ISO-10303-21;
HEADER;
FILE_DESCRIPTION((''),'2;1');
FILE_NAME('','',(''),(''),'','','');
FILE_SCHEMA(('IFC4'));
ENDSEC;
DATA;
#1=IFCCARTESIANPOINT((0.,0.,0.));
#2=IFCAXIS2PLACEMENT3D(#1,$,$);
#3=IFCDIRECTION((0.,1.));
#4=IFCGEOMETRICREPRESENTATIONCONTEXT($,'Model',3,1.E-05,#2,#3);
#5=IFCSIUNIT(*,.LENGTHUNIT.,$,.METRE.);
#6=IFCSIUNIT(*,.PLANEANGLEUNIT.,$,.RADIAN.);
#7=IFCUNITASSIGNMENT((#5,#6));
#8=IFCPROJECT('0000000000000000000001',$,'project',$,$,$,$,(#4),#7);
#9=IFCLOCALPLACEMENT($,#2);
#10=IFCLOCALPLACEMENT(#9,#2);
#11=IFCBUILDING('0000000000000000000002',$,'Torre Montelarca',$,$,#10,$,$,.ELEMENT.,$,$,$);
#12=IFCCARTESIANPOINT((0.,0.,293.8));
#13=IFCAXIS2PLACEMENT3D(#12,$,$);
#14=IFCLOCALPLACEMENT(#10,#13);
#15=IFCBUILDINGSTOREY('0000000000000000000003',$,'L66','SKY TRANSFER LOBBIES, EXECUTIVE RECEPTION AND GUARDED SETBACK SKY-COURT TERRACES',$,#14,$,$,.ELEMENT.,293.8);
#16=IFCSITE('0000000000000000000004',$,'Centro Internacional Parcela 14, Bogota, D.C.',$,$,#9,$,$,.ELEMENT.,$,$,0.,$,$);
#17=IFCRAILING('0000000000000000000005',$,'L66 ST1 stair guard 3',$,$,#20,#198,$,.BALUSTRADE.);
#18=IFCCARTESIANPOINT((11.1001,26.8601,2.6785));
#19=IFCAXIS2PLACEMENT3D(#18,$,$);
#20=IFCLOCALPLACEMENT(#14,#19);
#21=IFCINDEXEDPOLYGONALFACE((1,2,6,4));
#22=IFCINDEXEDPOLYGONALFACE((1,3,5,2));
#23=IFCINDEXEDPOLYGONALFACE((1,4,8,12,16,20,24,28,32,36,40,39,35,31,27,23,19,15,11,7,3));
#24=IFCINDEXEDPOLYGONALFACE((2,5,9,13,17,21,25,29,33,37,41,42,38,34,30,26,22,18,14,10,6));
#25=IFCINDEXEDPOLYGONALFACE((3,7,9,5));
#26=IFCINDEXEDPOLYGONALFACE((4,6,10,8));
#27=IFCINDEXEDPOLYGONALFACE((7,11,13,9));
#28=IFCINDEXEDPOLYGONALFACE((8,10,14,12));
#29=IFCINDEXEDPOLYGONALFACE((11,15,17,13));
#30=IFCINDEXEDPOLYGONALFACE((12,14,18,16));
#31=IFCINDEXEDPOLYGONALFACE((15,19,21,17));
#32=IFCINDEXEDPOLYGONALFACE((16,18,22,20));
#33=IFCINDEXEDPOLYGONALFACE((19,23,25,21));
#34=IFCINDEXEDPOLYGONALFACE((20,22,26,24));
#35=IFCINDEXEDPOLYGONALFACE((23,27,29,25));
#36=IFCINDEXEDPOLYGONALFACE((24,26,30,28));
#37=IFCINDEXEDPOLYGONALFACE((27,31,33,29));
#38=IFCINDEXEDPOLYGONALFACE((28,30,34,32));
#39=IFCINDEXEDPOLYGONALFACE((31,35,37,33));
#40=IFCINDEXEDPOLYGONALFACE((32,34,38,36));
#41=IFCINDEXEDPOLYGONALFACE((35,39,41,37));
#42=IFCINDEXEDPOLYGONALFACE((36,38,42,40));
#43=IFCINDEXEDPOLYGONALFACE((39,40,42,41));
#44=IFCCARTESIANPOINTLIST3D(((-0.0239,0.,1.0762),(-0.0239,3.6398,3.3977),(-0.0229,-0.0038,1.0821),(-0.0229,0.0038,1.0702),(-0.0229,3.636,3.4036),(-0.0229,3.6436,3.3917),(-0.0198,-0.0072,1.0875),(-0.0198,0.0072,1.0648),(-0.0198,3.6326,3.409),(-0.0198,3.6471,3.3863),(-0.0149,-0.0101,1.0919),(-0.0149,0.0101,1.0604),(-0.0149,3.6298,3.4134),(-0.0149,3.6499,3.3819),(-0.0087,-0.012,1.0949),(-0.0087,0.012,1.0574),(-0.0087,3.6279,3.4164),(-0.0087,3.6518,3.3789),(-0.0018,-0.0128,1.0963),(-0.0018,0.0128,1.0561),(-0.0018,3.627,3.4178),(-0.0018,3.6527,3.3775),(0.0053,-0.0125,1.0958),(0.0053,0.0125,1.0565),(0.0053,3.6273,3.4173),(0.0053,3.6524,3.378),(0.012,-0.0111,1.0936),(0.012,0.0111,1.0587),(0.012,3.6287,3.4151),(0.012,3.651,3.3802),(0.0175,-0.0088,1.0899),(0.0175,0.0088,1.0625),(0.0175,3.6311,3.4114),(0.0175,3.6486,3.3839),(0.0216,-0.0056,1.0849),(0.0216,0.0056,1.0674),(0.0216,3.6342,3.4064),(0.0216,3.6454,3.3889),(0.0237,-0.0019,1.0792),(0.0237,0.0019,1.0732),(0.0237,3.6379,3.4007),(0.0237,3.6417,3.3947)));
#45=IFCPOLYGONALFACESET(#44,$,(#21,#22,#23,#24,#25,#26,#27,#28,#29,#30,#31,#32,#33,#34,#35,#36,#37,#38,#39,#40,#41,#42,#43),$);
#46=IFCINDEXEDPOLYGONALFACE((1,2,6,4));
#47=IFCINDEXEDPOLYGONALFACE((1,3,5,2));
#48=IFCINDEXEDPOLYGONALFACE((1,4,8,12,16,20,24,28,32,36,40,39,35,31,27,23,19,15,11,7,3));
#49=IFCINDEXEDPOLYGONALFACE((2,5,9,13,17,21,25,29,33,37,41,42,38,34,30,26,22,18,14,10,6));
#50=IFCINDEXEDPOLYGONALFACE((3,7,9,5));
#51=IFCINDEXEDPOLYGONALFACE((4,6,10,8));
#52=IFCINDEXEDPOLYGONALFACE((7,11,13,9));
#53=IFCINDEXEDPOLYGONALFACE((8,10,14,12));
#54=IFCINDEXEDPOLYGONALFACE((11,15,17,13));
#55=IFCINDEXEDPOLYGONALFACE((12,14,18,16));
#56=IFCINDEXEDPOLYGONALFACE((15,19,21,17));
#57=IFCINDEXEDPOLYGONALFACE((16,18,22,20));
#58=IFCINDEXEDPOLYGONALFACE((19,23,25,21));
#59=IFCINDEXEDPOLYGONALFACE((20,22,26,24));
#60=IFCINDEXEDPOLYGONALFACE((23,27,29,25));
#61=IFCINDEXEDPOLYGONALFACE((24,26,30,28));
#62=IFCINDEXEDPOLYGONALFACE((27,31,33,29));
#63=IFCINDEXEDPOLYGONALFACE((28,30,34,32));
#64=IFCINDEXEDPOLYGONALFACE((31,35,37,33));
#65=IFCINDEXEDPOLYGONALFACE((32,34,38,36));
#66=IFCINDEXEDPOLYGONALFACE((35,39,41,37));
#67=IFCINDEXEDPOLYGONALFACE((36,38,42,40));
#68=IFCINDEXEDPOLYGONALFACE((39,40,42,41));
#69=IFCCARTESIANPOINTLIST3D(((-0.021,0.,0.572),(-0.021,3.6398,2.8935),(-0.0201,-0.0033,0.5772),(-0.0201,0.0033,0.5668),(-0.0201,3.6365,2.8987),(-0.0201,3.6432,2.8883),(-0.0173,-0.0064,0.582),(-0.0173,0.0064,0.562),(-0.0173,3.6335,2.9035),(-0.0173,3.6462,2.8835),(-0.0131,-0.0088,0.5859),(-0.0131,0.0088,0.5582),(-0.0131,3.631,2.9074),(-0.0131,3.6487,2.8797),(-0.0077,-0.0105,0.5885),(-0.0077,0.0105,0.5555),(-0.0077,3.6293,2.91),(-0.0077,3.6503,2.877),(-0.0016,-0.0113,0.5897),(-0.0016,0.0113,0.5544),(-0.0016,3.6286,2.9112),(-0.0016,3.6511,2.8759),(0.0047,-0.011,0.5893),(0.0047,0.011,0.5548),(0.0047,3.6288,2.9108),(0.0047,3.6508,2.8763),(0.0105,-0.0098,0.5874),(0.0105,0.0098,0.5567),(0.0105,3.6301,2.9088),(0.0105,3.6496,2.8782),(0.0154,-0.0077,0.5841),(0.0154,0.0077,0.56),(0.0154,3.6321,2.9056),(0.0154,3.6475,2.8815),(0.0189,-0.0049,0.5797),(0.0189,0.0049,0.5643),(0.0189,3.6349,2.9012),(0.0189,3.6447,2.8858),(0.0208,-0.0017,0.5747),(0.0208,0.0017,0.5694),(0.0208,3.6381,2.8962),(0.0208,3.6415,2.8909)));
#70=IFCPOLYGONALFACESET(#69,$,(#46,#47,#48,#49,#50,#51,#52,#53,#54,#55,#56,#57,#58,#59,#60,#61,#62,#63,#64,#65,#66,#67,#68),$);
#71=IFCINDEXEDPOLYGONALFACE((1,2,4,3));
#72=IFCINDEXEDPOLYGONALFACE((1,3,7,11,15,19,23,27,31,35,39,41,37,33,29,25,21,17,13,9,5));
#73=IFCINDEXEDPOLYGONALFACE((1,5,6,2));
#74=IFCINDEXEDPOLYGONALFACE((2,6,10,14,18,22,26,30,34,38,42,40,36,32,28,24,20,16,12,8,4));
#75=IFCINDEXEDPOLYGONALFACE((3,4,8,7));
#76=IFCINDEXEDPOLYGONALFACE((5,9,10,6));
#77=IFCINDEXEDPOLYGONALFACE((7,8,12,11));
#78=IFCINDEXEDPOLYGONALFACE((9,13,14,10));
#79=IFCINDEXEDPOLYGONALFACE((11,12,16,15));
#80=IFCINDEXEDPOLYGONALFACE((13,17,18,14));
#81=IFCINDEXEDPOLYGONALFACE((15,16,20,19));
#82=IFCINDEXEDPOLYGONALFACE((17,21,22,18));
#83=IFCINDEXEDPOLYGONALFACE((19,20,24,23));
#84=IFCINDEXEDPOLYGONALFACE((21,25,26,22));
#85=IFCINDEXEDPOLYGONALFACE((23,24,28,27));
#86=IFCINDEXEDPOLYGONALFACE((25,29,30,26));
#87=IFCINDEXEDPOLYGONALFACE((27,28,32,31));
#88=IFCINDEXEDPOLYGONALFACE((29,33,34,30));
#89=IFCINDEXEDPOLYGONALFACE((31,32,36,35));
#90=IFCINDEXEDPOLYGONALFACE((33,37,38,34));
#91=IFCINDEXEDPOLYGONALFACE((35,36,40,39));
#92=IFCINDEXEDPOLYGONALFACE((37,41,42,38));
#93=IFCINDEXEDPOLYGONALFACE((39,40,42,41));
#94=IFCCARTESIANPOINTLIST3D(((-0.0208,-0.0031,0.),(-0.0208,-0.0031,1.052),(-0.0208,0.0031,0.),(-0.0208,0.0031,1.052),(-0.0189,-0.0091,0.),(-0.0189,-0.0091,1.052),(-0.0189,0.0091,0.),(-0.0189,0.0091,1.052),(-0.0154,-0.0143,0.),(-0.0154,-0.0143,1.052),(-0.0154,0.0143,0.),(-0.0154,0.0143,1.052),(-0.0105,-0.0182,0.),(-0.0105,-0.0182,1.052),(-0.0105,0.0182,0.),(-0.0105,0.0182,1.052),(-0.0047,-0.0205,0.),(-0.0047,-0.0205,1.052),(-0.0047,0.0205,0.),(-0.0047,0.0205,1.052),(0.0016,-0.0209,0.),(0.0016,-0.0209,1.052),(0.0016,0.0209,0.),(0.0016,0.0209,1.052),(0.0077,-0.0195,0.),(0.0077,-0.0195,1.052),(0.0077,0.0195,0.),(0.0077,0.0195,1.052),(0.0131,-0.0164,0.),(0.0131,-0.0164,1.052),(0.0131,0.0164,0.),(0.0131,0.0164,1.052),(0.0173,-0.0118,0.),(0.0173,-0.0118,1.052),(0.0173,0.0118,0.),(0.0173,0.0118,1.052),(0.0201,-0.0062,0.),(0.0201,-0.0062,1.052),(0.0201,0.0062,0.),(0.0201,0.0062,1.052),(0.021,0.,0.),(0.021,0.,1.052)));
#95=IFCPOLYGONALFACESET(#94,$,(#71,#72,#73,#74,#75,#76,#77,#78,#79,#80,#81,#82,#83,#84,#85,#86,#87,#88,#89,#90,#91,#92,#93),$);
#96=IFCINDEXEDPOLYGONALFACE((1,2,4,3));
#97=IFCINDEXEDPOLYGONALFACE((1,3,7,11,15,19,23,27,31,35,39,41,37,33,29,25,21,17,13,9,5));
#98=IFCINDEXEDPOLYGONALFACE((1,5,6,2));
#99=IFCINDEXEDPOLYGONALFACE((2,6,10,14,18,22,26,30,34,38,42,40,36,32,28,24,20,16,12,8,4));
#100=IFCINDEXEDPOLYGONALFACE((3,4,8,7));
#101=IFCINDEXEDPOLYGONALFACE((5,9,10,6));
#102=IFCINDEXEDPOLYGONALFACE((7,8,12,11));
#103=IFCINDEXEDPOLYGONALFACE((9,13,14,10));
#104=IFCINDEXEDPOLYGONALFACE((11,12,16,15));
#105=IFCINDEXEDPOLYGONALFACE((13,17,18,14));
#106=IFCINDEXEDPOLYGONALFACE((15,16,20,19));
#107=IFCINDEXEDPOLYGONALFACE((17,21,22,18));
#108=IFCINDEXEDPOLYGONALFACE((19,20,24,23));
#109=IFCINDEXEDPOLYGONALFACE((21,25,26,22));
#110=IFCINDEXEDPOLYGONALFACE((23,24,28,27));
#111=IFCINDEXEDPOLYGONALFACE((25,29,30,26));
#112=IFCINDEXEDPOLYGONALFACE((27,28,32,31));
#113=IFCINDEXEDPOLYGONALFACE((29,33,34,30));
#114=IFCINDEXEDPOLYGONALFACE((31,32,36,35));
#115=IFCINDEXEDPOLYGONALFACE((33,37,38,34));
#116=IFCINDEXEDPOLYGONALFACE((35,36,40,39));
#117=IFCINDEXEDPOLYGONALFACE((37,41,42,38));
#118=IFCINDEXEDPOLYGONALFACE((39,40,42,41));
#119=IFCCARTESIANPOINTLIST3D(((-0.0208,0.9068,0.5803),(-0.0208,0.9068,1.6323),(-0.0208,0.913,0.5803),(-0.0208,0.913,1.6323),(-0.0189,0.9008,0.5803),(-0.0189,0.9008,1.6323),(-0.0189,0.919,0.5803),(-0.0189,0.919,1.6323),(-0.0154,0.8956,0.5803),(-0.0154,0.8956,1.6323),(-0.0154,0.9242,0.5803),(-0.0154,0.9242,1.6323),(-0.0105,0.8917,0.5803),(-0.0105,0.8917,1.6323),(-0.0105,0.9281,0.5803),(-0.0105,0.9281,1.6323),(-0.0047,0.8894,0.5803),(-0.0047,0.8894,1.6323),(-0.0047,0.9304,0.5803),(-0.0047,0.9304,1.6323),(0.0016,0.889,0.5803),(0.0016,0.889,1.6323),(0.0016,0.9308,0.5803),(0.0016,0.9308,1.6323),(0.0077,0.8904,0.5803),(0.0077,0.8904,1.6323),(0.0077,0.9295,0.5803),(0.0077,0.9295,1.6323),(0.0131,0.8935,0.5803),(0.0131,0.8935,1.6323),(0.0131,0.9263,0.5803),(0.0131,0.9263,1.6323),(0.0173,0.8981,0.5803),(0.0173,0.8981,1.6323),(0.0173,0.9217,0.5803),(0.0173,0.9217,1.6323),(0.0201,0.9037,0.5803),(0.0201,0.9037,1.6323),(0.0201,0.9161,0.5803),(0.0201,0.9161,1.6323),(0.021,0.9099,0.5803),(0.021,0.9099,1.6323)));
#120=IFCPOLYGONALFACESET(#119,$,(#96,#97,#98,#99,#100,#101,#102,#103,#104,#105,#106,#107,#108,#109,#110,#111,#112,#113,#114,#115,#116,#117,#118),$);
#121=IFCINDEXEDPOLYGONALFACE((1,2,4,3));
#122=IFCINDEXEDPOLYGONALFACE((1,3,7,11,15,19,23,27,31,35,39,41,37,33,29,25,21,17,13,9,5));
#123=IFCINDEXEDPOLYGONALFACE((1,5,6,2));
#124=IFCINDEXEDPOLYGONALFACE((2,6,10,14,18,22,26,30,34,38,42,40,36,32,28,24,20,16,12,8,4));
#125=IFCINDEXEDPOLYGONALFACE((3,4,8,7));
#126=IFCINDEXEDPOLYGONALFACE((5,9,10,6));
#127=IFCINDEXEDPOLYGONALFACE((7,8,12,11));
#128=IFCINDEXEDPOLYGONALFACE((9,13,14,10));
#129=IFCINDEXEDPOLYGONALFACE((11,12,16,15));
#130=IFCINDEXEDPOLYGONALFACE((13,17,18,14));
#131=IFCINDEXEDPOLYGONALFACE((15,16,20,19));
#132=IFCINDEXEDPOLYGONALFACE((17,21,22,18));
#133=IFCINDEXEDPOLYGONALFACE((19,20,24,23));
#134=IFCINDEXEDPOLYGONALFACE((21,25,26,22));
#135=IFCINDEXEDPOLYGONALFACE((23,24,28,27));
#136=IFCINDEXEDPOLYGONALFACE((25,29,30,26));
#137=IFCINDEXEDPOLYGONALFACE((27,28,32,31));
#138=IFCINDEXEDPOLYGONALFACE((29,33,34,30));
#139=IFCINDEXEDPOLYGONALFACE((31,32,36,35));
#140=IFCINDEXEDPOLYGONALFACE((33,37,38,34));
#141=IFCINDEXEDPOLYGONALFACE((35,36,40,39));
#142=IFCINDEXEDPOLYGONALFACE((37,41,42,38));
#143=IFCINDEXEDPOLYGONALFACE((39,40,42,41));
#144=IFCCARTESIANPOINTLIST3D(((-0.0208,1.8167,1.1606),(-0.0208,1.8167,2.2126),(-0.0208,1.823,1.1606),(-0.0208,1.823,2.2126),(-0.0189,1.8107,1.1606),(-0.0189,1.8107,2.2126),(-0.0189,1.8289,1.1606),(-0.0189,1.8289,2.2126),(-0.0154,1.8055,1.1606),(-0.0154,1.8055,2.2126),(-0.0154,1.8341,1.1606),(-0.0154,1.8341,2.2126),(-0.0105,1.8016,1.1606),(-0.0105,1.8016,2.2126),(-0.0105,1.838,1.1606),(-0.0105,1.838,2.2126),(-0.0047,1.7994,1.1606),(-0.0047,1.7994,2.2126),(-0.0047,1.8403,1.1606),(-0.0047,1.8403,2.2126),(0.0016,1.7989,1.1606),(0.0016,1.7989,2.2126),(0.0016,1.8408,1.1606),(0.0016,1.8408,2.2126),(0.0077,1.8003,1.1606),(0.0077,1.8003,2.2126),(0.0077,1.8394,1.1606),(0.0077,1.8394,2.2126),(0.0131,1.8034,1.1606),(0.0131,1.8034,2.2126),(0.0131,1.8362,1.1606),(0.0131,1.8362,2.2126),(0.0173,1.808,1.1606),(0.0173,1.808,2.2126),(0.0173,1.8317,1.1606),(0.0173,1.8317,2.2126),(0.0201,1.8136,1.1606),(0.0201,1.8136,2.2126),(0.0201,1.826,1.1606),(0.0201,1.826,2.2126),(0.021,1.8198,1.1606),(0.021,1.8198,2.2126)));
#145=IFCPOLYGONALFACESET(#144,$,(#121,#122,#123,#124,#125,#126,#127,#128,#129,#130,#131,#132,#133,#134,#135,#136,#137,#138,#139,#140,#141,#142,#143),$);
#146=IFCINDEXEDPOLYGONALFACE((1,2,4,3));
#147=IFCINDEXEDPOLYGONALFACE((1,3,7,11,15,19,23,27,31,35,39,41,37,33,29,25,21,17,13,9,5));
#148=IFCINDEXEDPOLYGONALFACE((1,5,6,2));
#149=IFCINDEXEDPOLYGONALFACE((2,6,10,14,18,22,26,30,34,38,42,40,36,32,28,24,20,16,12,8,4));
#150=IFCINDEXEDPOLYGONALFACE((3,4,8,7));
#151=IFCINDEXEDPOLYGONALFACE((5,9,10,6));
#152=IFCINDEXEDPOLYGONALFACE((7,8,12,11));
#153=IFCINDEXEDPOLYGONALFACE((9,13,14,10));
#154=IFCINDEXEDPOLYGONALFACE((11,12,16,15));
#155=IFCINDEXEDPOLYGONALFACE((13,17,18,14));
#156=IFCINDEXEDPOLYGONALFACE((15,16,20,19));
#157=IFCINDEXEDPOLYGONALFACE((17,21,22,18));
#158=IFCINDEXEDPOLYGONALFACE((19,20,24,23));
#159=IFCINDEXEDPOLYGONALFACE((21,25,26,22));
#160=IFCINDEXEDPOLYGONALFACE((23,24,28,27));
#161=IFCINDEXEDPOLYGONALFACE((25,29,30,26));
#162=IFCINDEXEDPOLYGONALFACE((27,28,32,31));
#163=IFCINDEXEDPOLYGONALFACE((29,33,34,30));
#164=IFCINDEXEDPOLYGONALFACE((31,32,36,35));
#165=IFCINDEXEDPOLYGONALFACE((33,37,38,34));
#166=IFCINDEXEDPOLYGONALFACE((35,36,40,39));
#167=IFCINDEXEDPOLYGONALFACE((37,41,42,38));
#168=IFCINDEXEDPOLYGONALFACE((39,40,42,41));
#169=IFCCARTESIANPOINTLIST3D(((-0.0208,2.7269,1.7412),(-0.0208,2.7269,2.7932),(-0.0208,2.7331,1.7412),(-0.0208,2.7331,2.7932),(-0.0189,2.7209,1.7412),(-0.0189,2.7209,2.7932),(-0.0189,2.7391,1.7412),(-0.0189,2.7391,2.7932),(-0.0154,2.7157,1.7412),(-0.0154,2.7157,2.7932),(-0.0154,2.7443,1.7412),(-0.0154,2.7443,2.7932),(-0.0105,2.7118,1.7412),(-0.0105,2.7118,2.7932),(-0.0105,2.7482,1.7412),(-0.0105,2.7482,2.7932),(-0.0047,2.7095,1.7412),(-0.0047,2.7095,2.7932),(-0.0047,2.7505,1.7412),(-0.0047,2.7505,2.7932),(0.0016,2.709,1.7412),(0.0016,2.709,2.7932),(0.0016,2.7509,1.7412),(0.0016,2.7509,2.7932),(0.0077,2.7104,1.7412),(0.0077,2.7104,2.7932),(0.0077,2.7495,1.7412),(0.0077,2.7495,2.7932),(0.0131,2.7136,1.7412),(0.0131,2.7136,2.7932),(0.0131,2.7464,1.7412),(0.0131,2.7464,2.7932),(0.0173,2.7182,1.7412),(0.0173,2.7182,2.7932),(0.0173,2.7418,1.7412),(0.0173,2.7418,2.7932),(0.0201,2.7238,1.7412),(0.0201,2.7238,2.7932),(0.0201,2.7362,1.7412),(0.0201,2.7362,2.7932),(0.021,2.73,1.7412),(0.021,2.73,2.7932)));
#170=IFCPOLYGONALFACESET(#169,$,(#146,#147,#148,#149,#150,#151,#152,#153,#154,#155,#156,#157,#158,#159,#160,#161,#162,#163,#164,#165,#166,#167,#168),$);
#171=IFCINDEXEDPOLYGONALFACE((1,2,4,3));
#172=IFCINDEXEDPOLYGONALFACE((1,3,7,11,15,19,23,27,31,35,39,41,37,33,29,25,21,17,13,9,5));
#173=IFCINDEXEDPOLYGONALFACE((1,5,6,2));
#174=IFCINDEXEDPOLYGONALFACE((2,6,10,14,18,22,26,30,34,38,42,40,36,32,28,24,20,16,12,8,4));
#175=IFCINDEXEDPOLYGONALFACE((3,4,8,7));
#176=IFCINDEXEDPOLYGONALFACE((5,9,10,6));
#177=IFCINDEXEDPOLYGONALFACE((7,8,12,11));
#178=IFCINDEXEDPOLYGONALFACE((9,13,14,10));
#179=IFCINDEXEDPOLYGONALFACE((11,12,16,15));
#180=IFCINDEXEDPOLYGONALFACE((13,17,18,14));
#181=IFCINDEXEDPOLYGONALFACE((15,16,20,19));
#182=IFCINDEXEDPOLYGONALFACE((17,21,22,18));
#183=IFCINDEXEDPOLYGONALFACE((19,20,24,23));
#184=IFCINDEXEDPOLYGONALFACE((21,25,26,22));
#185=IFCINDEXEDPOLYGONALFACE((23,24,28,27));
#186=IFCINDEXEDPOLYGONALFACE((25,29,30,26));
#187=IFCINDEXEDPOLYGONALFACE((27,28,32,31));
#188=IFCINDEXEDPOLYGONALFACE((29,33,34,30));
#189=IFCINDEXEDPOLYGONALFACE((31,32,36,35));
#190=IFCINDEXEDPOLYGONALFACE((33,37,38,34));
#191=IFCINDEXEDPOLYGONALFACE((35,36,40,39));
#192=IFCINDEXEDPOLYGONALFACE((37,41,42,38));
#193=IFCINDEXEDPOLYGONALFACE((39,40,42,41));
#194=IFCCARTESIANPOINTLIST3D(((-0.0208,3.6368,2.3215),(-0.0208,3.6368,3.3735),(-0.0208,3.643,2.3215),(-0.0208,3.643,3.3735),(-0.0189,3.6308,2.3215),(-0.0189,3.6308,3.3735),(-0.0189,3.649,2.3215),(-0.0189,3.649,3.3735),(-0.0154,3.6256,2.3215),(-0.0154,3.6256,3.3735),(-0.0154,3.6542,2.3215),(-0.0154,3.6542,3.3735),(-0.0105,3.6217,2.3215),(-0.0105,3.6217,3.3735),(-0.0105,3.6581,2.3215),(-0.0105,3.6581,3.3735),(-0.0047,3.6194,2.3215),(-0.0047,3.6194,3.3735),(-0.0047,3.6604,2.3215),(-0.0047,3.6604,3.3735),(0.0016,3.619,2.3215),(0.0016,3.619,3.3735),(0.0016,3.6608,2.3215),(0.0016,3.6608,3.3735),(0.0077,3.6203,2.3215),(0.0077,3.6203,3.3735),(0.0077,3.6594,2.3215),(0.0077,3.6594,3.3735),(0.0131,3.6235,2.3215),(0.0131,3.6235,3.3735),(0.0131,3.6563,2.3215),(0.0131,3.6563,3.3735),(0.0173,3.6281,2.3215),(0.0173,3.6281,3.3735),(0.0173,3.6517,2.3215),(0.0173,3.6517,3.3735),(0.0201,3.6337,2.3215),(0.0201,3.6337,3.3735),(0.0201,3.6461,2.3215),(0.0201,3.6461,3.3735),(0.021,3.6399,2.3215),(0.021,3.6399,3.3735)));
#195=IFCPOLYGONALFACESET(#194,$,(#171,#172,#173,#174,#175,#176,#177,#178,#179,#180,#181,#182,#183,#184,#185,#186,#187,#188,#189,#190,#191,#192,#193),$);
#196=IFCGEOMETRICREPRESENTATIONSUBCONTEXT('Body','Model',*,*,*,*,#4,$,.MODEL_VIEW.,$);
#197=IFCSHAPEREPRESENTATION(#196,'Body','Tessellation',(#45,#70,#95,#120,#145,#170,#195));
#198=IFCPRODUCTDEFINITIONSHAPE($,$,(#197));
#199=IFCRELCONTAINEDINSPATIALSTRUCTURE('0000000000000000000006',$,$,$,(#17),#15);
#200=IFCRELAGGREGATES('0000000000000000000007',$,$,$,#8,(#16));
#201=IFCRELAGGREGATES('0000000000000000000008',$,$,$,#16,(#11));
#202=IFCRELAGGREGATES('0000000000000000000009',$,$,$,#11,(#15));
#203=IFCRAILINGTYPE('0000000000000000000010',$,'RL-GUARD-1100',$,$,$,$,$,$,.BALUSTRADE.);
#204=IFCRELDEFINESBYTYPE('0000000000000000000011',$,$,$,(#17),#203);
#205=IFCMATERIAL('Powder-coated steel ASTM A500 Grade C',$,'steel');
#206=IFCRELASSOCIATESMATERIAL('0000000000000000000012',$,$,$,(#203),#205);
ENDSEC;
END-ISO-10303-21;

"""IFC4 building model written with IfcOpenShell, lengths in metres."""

from ifc_helpers import new_model, si_unit, direction, frame, origin, origin_2d, place, context, subcontext, project, spatial, circle, extrude, material, type_object, element, save


model = new_model("IFC4")

# Units and contexts
model_context = context("Model", 3, precision=1e-05, world=origin(), true_north=direction((0.0, 1.0)))
body_context = subcontext(model_context, "Body", "Model", "MODEL_VIEW")
ifc_project = project(units=[si_unit("LENGTHUNIT", "METRE"), si_unit("PLANEANGLEUNIT", "RADIAN")], contexts=[model_context])

# Site, building, storey
site_placement = place(None, origin())
site = spatial("IfcSite", under=ifc_project, at=site_placement, Name="Centro Internacional Parcela 14, Bogota, D.C.", CompositionType="ELEMENT", RefElevation=0.0)
building_placement = place(site_placement, origin())
building = spatial("IfcBuilding", under=site, at=building_placement, Name="Torre Montelarca", CompositionType="ELEMENT")
storey_placement = place(building_placement, frame((0.0, 0.0, 293.8)))
storey = spatial("IfcBuildingStorey", under=building, at=storey_placement, Name="L66", Description="SKY TRANSFER LOBBIES, EXECUTIVE RECEPTION AND GUARDED SETBACK SKY-COURT TERRACES", CompositionType="ELEMENT", Elevation=293.8)

# Railing
ifc_material_1 = material(Name="Powder-coated steel ASTM A500 Grade C", Category="steel")
railing_type_1 = type_object("IfcRailingType", Name="RL-GUARD-1100", PredefinedType="BALUSTRADE", material=ifc_material_1)
railing_1_placement = place(storey_placement, frame((11.1001, 26.8601, 2.6785)))
element("IfcRailing", 1, at=railing_1_placement, inside=storey, type_object=railing_type_1, Name="L66 ST1 stair guard 3", PredefinedType="BALUSTRADE", context=body_context, shape_type="SweptSolid", body=[
    extrude(circle(Radius=0.0239, at=origin_2d()), frame((0.0, 0.0, 1.0762), z_axis=(0.0, 0.843112, 0.537739), x_axis=(-1.0, 0.0, 0.0)), (0.0, 0.0, 1.0), 4.3171),
    extrude(circle(Radius=0.021, at=origin_2d()), frame((0.0, 0.0, 0.572), z_axis=(0.0, 0.843112, 0.537739), x_axis=(-1.0, 0.0, 0.0)), (0.0, 0.0, 1.0), 4.3171),
    extrude(circle(Radius=0.021, at=origin_2d()), origin(), (0.0, 0.0, 1.0), 1.052),
    extrude(circle(Radius=0.021, at=origin_2d()), frame((0.0, 0.9099, 0.5803)), (0.0, 0.0, 1.0), 1.052),
    extrude(circle(Radius=0.021, at=origin_2d()), frame((0.0, 1.8198, 1.1606)), (0.0, 0.0, 1.0), 1.052),
    extrude(circle(Radius=0.021, at=origin_2d()), frame((0.0, 2.73, 1.7412)), (0.0, 0.0, 1.0), 1.052),
    extrude(circle(Radius=0.021, at=origin_2d()), frame((0.0, 3.6399, 2.3215)), (0.0, 0.0, 1.0), 1.052),
])

save(model, "model.ifc")
